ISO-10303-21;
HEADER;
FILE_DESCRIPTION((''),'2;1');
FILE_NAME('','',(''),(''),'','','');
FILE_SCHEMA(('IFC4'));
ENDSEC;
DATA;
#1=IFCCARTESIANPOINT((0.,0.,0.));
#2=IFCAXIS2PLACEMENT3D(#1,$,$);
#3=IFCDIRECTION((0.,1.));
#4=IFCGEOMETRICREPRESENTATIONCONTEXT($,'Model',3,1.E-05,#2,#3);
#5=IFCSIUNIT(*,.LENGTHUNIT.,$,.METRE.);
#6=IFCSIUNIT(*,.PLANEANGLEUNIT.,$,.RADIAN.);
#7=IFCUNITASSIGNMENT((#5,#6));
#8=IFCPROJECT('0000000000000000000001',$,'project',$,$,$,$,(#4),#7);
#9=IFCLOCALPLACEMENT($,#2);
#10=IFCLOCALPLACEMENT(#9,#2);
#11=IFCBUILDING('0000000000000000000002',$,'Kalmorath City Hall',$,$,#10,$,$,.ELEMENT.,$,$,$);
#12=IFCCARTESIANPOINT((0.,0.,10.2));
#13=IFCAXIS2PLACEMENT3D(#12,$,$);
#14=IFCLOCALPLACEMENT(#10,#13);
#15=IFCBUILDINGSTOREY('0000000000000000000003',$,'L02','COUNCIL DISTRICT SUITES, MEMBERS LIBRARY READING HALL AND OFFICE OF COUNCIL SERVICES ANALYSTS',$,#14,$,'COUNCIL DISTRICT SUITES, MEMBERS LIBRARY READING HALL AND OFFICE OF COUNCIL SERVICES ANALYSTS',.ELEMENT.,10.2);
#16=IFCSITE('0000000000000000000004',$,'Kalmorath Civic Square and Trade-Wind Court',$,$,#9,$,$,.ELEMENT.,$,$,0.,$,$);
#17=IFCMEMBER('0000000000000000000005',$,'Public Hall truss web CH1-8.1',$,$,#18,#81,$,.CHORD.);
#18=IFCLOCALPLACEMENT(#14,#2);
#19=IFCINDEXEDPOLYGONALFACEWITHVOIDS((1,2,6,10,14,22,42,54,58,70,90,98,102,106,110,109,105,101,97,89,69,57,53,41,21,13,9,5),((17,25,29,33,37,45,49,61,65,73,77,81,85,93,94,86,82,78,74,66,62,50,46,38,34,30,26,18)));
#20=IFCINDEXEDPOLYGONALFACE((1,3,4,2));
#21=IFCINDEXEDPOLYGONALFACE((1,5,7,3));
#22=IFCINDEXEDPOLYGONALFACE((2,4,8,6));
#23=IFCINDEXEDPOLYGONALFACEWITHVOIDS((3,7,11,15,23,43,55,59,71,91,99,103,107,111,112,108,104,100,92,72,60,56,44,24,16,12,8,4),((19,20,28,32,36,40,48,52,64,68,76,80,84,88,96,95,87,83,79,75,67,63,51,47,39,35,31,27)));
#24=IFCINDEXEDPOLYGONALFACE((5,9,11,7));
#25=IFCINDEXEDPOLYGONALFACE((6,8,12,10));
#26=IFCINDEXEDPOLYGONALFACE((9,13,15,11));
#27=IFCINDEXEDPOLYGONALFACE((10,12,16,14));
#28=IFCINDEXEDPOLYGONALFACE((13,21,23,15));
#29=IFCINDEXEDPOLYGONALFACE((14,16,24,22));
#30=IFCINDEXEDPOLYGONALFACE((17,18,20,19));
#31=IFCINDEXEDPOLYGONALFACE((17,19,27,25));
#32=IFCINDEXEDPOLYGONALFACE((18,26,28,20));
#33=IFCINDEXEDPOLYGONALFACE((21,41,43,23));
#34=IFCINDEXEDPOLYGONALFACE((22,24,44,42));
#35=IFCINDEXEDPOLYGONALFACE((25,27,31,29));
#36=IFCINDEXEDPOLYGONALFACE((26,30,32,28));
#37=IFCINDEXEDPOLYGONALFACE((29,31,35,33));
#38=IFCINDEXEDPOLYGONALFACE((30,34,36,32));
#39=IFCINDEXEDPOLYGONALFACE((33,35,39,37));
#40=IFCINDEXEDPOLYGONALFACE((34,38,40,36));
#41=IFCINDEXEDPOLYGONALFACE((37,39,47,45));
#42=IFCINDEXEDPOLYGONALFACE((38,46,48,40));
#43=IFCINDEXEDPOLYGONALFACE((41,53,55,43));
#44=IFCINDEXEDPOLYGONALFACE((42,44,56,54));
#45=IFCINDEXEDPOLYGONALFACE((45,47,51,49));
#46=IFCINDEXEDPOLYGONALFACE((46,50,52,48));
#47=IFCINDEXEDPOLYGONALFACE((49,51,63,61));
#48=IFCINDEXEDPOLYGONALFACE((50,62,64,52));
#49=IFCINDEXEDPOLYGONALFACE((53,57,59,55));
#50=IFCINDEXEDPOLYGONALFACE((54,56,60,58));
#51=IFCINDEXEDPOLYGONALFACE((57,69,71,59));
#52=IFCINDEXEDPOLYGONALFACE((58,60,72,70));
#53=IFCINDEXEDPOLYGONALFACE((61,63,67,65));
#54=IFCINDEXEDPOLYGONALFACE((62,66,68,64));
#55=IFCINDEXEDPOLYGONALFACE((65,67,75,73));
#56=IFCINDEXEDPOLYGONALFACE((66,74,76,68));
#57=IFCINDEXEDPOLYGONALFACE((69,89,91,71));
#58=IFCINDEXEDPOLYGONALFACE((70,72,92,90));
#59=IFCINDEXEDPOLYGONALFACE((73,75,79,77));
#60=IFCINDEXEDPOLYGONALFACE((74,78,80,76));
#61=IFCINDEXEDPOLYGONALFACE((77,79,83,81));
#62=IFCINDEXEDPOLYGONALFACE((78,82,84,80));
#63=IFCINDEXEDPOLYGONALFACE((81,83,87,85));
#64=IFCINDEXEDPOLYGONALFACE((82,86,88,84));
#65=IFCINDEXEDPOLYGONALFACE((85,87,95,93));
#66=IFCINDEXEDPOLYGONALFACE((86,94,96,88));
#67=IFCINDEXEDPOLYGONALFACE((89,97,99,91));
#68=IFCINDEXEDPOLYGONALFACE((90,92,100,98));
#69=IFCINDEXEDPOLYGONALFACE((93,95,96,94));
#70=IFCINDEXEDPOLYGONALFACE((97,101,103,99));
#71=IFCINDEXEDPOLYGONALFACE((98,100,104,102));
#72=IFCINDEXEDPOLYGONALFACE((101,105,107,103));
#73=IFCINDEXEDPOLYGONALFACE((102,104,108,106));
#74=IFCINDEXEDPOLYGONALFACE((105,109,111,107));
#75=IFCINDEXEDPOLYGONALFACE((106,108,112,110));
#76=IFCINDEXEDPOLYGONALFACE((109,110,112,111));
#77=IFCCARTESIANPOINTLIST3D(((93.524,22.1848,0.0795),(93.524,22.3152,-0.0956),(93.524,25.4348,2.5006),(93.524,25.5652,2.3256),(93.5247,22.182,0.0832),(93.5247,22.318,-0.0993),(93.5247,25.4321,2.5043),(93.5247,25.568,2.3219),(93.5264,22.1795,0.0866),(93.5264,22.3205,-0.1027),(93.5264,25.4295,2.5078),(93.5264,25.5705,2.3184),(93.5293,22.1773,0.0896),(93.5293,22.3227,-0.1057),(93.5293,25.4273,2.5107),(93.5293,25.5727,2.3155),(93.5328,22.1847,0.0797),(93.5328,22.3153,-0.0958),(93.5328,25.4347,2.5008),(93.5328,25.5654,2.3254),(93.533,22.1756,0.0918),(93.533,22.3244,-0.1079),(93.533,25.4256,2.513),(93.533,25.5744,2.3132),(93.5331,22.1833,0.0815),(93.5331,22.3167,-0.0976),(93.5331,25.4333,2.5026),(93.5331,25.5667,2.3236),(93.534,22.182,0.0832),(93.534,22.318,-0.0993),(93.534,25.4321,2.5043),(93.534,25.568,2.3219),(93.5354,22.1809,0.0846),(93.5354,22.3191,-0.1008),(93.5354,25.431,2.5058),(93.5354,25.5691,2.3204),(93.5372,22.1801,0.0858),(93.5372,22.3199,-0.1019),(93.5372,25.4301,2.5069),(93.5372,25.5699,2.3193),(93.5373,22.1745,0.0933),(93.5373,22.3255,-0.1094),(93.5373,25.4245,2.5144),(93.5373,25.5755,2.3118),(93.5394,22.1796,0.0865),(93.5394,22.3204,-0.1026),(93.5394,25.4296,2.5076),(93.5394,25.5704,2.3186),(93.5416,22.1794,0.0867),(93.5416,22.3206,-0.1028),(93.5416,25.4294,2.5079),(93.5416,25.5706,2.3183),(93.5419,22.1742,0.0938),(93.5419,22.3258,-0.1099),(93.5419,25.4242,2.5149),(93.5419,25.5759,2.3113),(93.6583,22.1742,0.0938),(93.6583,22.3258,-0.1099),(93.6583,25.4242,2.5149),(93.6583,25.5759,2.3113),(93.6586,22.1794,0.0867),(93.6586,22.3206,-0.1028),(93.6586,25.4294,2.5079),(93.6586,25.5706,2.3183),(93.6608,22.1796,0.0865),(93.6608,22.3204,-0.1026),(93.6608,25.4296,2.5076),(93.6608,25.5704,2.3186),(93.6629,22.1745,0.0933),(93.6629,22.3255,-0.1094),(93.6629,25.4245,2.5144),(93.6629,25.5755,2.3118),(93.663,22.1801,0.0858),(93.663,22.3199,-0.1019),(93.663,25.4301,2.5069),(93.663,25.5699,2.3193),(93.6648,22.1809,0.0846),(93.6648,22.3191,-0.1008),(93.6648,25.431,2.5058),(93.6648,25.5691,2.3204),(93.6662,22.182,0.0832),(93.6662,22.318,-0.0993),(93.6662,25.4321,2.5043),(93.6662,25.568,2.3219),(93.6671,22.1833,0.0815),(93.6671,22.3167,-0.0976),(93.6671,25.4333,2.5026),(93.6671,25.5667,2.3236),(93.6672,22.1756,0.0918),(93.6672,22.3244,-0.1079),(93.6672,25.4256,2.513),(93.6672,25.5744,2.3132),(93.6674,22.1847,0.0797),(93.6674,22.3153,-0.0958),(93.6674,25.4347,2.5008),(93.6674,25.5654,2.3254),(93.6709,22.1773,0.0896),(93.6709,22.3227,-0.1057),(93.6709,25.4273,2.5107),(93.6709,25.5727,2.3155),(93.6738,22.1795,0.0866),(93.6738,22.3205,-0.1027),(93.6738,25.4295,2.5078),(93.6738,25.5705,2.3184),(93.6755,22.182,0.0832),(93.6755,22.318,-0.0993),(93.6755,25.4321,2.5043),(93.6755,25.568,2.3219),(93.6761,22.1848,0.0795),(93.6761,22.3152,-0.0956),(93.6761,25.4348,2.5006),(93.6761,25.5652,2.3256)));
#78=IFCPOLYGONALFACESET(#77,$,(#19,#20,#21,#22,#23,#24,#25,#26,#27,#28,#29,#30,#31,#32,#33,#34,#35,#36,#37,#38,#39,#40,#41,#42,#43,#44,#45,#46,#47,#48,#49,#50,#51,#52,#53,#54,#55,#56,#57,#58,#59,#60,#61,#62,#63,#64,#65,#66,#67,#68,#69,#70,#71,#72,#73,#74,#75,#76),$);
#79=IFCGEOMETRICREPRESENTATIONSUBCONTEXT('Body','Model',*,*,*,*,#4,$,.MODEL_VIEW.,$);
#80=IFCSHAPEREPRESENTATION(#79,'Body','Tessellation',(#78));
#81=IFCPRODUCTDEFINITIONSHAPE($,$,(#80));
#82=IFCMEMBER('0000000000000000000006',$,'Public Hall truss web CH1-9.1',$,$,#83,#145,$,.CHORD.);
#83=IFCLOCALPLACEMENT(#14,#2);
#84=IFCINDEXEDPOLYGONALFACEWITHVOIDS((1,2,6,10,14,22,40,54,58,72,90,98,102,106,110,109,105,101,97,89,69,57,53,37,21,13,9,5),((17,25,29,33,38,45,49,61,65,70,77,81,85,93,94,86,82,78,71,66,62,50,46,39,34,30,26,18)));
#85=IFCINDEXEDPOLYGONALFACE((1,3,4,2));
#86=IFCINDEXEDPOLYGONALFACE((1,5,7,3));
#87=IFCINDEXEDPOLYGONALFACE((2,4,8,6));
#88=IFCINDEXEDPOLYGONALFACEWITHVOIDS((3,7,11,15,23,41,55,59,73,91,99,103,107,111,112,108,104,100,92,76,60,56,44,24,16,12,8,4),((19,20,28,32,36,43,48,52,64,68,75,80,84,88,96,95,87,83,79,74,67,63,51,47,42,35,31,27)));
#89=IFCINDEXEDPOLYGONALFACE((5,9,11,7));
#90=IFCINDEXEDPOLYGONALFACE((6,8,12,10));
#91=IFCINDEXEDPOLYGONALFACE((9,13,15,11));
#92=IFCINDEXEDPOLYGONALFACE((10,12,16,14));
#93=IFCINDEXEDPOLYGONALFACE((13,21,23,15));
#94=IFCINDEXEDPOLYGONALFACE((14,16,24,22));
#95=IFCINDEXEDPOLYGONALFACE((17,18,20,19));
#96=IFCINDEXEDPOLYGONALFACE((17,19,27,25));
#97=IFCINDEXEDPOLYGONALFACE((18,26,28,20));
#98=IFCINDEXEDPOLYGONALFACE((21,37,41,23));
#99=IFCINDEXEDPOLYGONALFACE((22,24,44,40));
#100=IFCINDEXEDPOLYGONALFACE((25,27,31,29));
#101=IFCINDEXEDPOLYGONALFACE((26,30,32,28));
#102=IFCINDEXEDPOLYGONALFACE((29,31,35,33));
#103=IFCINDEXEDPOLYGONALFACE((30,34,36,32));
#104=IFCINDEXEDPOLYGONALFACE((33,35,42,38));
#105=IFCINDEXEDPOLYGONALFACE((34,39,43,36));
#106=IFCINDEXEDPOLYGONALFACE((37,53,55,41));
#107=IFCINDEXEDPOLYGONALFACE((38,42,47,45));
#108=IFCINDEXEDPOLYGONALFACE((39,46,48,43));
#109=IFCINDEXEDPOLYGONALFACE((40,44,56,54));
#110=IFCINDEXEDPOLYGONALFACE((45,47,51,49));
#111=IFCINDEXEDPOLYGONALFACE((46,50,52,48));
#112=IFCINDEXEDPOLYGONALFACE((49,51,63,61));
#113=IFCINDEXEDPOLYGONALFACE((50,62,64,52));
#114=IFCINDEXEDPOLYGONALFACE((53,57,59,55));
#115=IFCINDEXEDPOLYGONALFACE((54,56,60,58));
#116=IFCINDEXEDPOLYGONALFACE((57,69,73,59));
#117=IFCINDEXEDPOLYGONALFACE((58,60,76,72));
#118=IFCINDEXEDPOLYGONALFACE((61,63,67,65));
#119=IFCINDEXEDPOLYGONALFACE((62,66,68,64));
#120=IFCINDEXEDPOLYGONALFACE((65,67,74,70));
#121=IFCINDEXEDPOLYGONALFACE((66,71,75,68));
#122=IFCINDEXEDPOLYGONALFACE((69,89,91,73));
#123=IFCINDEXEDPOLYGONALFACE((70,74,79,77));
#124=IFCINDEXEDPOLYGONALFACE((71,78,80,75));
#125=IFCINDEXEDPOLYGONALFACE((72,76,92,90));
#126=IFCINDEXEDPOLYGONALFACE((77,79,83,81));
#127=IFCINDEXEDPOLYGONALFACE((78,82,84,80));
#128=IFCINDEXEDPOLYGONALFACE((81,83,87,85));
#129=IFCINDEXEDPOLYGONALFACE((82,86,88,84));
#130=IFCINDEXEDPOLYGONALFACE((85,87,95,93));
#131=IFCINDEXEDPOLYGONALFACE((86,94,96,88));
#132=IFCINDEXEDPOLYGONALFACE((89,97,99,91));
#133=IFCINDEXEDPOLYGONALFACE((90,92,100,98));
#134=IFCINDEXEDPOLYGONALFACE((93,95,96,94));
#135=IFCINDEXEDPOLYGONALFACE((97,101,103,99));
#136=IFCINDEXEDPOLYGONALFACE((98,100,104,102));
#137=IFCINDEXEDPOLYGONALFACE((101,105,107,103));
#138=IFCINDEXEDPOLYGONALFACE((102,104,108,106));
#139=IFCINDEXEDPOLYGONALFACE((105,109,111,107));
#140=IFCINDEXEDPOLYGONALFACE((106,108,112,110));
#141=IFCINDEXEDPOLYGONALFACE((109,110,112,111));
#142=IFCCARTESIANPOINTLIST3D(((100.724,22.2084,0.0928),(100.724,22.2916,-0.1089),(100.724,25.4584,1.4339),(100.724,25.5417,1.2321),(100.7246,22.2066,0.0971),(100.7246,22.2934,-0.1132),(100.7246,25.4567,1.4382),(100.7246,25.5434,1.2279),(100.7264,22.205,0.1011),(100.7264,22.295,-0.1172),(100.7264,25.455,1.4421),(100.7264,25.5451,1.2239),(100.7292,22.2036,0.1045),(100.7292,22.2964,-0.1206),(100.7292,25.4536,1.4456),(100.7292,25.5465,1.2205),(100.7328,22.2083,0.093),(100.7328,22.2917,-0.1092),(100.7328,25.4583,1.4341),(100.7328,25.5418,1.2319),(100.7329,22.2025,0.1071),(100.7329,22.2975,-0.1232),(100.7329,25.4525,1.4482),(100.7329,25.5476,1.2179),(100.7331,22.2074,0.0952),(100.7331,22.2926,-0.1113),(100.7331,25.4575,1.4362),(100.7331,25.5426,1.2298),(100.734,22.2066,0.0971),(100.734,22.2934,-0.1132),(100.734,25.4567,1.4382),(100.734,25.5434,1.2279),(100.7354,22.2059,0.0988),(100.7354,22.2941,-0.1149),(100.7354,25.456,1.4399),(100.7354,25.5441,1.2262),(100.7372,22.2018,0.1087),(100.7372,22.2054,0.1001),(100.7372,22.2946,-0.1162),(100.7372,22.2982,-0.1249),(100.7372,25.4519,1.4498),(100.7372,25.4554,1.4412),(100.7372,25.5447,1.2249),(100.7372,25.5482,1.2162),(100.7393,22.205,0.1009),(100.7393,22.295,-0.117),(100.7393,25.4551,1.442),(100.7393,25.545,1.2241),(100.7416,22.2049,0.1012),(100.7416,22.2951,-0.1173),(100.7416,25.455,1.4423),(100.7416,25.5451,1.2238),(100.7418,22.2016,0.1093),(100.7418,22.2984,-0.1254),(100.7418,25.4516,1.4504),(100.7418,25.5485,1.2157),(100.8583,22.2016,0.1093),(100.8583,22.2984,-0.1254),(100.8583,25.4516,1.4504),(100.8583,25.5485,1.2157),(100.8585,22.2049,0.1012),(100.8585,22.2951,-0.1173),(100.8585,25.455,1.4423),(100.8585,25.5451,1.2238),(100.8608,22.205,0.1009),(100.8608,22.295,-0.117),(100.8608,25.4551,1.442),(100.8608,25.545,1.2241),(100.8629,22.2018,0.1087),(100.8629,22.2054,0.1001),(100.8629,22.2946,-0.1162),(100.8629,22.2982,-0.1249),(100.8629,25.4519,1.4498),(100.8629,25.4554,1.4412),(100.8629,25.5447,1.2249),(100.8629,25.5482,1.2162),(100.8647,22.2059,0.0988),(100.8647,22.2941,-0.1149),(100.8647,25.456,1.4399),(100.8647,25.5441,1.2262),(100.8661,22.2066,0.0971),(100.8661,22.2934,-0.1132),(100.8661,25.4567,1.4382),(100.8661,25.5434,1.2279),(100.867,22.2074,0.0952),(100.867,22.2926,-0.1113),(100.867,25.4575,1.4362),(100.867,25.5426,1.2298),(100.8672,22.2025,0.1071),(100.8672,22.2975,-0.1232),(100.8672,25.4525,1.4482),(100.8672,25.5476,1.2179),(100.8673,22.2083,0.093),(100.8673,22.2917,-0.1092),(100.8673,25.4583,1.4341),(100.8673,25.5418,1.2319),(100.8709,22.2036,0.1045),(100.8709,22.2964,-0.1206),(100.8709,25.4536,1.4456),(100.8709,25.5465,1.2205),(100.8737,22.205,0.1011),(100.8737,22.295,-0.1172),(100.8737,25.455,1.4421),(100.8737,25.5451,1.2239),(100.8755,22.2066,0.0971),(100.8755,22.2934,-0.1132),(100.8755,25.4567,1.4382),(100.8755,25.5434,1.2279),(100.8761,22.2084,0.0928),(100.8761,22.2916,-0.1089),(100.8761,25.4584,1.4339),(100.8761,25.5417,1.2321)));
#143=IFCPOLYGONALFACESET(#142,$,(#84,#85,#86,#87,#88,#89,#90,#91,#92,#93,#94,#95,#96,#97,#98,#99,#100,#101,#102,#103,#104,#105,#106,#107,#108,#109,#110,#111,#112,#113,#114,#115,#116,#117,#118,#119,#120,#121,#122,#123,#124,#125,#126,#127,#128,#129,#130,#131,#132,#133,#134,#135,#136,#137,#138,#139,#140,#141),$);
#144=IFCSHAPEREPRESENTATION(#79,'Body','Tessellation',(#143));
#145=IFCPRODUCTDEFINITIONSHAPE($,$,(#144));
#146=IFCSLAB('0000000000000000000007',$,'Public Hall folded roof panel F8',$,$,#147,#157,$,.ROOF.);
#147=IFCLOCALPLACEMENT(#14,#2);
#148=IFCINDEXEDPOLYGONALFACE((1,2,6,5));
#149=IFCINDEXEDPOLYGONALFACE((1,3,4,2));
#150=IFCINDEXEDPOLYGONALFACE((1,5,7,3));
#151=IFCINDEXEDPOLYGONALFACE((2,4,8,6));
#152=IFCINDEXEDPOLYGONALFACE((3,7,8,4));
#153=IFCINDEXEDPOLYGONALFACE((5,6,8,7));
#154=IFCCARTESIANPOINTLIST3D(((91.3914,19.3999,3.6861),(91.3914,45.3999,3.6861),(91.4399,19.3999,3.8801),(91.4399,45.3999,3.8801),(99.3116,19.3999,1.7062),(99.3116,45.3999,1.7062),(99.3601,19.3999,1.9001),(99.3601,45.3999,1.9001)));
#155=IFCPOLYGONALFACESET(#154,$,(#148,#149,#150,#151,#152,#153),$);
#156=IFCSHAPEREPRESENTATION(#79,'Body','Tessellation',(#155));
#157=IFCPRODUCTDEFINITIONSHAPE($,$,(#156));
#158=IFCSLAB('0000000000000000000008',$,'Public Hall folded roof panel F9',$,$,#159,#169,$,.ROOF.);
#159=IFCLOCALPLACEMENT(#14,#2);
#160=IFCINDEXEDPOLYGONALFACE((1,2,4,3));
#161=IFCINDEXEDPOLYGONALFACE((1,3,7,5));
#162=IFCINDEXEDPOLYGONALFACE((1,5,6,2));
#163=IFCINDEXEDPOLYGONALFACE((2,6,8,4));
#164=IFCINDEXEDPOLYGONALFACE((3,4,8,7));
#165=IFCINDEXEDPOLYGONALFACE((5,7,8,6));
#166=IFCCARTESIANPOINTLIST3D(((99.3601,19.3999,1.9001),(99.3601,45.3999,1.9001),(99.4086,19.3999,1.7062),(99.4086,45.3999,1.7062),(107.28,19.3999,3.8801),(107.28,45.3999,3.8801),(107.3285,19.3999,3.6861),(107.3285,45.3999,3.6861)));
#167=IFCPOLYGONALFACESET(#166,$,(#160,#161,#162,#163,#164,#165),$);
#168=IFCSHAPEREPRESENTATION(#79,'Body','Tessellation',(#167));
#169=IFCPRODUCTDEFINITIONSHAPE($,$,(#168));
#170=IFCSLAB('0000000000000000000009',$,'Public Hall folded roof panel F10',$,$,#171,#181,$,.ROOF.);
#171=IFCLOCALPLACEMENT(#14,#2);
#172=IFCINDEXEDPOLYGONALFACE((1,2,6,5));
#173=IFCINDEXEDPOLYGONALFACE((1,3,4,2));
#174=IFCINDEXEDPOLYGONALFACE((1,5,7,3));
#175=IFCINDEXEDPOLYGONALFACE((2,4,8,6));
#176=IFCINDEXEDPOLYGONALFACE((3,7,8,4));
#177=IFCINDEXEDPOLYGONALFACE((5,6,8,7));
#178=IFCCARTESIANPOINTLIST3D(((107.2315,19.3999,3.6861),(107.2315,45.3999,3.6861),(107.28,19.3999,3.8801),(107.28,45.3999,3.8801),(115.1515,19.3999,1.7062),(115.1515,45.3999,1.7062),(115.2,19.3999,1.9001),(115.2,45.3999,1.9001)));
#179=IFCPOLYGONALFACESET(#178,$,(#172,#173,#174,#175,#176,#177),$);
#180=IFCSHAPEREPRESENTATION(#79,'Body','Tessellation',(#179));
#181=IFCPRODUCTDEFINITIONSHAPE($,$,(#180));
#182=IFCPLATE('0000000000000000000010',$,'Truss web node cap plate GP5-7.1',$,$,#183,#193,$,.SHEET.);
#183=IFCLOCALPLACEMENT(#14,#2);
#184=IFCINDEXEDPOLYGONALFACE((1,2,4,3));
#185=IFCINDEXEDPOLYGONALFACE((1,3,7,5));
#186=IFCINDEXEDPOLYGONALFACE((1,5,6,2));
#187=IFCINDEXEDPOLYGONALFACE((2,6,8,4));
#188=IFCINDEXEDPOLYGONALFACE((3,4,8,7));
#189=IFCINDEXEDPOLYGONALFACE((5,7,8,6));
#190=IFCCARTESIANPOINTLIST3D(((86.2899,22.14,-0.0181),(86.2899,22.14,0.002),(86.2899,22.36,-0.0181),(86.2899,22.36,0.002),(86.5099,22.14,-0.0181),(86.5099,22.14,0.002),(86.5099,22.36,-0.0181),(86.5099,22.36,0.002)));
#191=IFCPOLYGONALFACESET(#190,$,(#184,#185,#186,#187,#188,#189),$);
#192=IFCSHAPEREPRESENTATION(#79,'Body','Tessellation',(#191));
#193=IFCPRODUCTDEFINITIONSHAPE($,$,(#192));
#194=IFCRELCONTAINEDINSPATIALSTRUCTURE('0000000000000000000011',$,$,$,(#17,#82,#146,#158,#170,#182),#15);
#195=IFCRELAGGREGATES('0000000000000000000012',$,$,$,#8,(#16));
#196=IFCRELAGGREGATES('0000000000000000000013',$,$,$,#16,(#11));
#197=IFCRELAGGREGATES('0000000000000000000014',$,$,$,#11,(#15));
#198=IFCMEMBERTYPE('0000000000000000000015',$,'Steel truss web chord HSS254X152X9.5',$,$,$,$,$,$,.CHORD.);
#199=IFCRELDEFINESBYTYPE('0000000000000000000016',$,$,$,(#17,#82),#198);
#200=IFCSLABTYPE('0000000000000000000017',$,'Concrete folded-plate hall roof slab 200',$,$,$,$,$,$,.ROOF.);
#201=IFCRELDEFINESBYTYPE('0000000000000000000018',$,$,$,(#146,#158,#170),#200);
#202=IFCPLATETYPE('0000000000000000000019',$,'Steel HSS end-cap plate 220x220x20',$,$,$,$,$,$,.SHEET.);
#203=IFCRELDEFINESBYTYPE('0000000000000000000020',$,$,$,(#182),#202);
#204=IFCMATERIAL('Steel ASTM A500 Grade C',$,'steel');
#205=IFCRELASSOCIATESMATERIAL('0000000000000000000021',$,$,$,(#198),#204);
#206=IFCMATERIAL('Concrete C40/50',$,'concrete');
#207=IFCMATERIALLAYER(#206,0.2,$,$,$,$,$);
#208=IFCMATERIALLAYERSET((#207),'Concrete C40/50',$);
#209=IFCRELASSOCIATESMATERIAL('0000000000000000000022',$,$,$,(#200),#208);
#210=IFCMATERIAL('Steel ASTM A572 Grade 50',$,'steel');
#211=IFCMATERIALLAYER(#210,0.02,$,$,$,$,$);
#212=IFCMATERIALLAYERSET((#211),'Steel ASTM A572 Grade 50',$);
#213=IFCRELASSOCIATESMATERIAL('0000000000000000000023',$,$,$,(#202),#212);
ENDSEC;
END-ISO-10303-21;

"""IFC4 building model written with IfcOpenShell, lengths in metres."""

from ifc_helpers import new_model, si_unit, direction, frame, origin, origin_2d, place, context, subcontext, project, spatial, polyline, rectangle, hollow_rectangle, outline, extrude, material, layer, layer_set, material_profile, profile_set, type_object, element, save


model = new_model("IFC4")

# Units and contexts
model_context = context("Model", 3, precision=1e-05, world=origin(), true_north=direction((0.0, 1.0)))
body_context = subcontext(model_context, "Body", "Model", "MODEL_VIEW")
ifc_project = project(units=[si_unit("LENGTHUNIT", "METRE"), si_unit("PLANEANGLEUNIT", "RADIAN")], contexts=[model_context])

# Site, building, storey
site_placement = place(None, origin())
site = spatial("IfcSite", under=ifc_project, at=site_placement, Name="Kalmorath Civic Square and Trade-Wind Court", CompositionType="ELEMENT", RefElevation=0.0)
building_placement = place(site_placement, origin())
building = spatial("IfcBuilding", under=site, at=building_placement, Name="Kalmorath City Hall", CompositionType="ELEMENT")
storey_placement = place(building_placement, frame((0.0, 0.0, 10.2)))
storey = spatial("IfcBuildingStorey", under=building, at=storey_placement, Name="L02", Description="COUNCIL DISTRICT SUITES, MEMBERS LIBRARY READING HALL AND OFFICE OF COUNCIL SERVICES ANALYSTS", LongName="COUNCIL DISTRICT SUITES, MEMBERS LIBRARY READING HALL AND OFFICE OF COUNCIL SERVICES ANALYSTS", CompositionType="ELEMENT", Elevation=10.2)

# Members
ifc_material_1 = material(Name="Steel ASTM A500 Grade C", Category="steel")
ifc_material_profile_1 = material_profile(ifc_material_1, hollow_rectangle(XDim=0.1521, YDim=0.2539, WallThickness=0.0088, InnerFilletRadius=0.0088, OuterFilletRadius=0.0178, at=origin_2d()), Name="HSS254X152X9.5")
ifc_profile_set_1 = profile_set([ifc_material_profile_1], Name="Steel ASTM A500 Grade C")
member_type = type_object("IfcMemberType", Name="Steel truss web chord HSS254X152X9.5", PredefinedType="CHORD", material=ifc_profile_set_1)
member_1_placement = place(storey_placement, frame((93.6001, 22.25, -0.0081), z_axis=(0.0, 0.801933, 0.597414), x_axis=(-1.0, 0.0, 0.0)))
element("IfcMember", 1, at=member_1_placement, inside=storey, type_object=member_type, Name="Public Hall truss web CH1-8.1", PredefinedType="CHORD", context=body_context, shape_type="SweptSolid", body=[
    extrude(hollow_rectangle(XDim=0.1521, YDim=0.2539, WallThickness=0.0088, InnerFilletRadius=0.0088, OuterFilletRadius=0.0178, at=origin_2d()), origin(), (0.0, 0.0, 1.0), 4.0527),
])
member_2_placement = place(storey_placement, frame((100.8, 22.25, -0.0081), z_axis=(0.0, 0.924395, 0.381438), x_axis=(-1.0, 0.0, 0.0)))
element("IfcMember", 2, at=member_2_placement, inside=storey, type_object=member_type, Name="Public Hall truss web CH1-9.1", PredefinedType="CHORD", context=body_context, shape_type="SweptSolid", body=[
    extrude(hollow_rectangle(XDim=0.1521, YDim=0.2539, WallThickness=0.0088, InnerFilletRadius=0.0088, OuterFilletRadius=0.0178, at=origin_2d()), origin(), (0.0, 0.0, 1.0), 3.5159),
])

# Slabs
ifc_material_2 = material(Name="Concrete C40/50", Category="concrete")
ifc_layer_1 = layer(ifc_material_2, 0.2)
ifc_layer_set_1 = layer_set([ifc_layer_1], Name="Concrete C40/50")
slab_type = type_object("IfcSlabType", Name="Concrete folded-plate hall roof slab 200", PredefinedType="ROOF", material=ifc_layer_set_1)
slab_placement = place(storey_placement, frame((91.4399, 19.3999, 3.8801), z_axis=(0.242529, 0.0, 0.970144), x_axis=(0.970144, 0.0, -0.242529)))
element("IfcSlab", 3, at=slab_placement, inside=storey, type_object=slab_type, Name="Public Hall folded roof panel F8", PredefinedType="ROOF", context=body_context, shape_type="SweptSolid", body=[
    extrude(outline(polyline([(0.0, 0.0), (8.1639, 0.0), (8.1639, 26.0), (0.0, 26.0), (0.0, 0.0)])), origin(), (0.0, 0.0, -1.0), 0.2),
])
for number, where, z_axis, x_axis, name in (
    (4, (99.3601, 19.3999, 1.9001), (-0.242536, 0.0, 0.970143), (0.970143, 0.0, 0.242536), "Public Hall folded roof panel F9"),
    (5, (107.28, 19.3999, 3.8801), (0.242536, 0.0, 0.970143), (0.970143, 0.0, -0.242536), "Public Hall folded roof panel F10"),
):
    element("IfcSlab", number, at=place(storey_placement, frame(where, z_axis=z_axis, x_axis=x_axis)), inside=storey, type_object=slab_type, Name=name, PredefinedType="ROOF", context=body_context, shape_type="SweptSolid", body=[
        extrude(outline(polyline([(0.0, 0.0), (8.1637, 0.0), (8.1637, 26.0), (0.0, 26.0), (0.0, 0.0)])), origin(), (0.0, 0.0, -1.0), 0.2),
    ])

# Plate
ifc_material_3 = material(Name="Steel ASTM A572 Grade 50", Category="steel")
ifc_layer_2 = layer(ifc_material_3, 0.02)
ifc_layer_set_2 = layer_set([ifc_layer_2], Name="Steel ASTM A572 Grade 50")
plate_type = type_object("IfcPlateType", Name="Steel HSS end-cap plate 220x220x20", PredefinedType="SHEET", material=ifc_layer_set_2)
for number, where, z_axis, x_axis, name in (
    (6, (86.3999, 22.25, -0.0181), (0.0, 0.0, 1.0), (1.0, 0.0, 0.0), "Truss web node cap plate GP5-7.1"),
):
    element("IfcPlate", number, at=place(storey_placement, frame(where, z_axis=z_axis, x_axis=x_axis)), inside=storey, type_object=plate_type, Name=name, PredefinedType="SHEET", context=body_context, shape_type="SweptSolid", body=[
        extrude(rectangle(XDim=0.22, YDim=0.22, at=origin_2d()), origin(), (0.0, 0.0, 1.0), 0.02),
    ])

save(model, "model.ifc")
